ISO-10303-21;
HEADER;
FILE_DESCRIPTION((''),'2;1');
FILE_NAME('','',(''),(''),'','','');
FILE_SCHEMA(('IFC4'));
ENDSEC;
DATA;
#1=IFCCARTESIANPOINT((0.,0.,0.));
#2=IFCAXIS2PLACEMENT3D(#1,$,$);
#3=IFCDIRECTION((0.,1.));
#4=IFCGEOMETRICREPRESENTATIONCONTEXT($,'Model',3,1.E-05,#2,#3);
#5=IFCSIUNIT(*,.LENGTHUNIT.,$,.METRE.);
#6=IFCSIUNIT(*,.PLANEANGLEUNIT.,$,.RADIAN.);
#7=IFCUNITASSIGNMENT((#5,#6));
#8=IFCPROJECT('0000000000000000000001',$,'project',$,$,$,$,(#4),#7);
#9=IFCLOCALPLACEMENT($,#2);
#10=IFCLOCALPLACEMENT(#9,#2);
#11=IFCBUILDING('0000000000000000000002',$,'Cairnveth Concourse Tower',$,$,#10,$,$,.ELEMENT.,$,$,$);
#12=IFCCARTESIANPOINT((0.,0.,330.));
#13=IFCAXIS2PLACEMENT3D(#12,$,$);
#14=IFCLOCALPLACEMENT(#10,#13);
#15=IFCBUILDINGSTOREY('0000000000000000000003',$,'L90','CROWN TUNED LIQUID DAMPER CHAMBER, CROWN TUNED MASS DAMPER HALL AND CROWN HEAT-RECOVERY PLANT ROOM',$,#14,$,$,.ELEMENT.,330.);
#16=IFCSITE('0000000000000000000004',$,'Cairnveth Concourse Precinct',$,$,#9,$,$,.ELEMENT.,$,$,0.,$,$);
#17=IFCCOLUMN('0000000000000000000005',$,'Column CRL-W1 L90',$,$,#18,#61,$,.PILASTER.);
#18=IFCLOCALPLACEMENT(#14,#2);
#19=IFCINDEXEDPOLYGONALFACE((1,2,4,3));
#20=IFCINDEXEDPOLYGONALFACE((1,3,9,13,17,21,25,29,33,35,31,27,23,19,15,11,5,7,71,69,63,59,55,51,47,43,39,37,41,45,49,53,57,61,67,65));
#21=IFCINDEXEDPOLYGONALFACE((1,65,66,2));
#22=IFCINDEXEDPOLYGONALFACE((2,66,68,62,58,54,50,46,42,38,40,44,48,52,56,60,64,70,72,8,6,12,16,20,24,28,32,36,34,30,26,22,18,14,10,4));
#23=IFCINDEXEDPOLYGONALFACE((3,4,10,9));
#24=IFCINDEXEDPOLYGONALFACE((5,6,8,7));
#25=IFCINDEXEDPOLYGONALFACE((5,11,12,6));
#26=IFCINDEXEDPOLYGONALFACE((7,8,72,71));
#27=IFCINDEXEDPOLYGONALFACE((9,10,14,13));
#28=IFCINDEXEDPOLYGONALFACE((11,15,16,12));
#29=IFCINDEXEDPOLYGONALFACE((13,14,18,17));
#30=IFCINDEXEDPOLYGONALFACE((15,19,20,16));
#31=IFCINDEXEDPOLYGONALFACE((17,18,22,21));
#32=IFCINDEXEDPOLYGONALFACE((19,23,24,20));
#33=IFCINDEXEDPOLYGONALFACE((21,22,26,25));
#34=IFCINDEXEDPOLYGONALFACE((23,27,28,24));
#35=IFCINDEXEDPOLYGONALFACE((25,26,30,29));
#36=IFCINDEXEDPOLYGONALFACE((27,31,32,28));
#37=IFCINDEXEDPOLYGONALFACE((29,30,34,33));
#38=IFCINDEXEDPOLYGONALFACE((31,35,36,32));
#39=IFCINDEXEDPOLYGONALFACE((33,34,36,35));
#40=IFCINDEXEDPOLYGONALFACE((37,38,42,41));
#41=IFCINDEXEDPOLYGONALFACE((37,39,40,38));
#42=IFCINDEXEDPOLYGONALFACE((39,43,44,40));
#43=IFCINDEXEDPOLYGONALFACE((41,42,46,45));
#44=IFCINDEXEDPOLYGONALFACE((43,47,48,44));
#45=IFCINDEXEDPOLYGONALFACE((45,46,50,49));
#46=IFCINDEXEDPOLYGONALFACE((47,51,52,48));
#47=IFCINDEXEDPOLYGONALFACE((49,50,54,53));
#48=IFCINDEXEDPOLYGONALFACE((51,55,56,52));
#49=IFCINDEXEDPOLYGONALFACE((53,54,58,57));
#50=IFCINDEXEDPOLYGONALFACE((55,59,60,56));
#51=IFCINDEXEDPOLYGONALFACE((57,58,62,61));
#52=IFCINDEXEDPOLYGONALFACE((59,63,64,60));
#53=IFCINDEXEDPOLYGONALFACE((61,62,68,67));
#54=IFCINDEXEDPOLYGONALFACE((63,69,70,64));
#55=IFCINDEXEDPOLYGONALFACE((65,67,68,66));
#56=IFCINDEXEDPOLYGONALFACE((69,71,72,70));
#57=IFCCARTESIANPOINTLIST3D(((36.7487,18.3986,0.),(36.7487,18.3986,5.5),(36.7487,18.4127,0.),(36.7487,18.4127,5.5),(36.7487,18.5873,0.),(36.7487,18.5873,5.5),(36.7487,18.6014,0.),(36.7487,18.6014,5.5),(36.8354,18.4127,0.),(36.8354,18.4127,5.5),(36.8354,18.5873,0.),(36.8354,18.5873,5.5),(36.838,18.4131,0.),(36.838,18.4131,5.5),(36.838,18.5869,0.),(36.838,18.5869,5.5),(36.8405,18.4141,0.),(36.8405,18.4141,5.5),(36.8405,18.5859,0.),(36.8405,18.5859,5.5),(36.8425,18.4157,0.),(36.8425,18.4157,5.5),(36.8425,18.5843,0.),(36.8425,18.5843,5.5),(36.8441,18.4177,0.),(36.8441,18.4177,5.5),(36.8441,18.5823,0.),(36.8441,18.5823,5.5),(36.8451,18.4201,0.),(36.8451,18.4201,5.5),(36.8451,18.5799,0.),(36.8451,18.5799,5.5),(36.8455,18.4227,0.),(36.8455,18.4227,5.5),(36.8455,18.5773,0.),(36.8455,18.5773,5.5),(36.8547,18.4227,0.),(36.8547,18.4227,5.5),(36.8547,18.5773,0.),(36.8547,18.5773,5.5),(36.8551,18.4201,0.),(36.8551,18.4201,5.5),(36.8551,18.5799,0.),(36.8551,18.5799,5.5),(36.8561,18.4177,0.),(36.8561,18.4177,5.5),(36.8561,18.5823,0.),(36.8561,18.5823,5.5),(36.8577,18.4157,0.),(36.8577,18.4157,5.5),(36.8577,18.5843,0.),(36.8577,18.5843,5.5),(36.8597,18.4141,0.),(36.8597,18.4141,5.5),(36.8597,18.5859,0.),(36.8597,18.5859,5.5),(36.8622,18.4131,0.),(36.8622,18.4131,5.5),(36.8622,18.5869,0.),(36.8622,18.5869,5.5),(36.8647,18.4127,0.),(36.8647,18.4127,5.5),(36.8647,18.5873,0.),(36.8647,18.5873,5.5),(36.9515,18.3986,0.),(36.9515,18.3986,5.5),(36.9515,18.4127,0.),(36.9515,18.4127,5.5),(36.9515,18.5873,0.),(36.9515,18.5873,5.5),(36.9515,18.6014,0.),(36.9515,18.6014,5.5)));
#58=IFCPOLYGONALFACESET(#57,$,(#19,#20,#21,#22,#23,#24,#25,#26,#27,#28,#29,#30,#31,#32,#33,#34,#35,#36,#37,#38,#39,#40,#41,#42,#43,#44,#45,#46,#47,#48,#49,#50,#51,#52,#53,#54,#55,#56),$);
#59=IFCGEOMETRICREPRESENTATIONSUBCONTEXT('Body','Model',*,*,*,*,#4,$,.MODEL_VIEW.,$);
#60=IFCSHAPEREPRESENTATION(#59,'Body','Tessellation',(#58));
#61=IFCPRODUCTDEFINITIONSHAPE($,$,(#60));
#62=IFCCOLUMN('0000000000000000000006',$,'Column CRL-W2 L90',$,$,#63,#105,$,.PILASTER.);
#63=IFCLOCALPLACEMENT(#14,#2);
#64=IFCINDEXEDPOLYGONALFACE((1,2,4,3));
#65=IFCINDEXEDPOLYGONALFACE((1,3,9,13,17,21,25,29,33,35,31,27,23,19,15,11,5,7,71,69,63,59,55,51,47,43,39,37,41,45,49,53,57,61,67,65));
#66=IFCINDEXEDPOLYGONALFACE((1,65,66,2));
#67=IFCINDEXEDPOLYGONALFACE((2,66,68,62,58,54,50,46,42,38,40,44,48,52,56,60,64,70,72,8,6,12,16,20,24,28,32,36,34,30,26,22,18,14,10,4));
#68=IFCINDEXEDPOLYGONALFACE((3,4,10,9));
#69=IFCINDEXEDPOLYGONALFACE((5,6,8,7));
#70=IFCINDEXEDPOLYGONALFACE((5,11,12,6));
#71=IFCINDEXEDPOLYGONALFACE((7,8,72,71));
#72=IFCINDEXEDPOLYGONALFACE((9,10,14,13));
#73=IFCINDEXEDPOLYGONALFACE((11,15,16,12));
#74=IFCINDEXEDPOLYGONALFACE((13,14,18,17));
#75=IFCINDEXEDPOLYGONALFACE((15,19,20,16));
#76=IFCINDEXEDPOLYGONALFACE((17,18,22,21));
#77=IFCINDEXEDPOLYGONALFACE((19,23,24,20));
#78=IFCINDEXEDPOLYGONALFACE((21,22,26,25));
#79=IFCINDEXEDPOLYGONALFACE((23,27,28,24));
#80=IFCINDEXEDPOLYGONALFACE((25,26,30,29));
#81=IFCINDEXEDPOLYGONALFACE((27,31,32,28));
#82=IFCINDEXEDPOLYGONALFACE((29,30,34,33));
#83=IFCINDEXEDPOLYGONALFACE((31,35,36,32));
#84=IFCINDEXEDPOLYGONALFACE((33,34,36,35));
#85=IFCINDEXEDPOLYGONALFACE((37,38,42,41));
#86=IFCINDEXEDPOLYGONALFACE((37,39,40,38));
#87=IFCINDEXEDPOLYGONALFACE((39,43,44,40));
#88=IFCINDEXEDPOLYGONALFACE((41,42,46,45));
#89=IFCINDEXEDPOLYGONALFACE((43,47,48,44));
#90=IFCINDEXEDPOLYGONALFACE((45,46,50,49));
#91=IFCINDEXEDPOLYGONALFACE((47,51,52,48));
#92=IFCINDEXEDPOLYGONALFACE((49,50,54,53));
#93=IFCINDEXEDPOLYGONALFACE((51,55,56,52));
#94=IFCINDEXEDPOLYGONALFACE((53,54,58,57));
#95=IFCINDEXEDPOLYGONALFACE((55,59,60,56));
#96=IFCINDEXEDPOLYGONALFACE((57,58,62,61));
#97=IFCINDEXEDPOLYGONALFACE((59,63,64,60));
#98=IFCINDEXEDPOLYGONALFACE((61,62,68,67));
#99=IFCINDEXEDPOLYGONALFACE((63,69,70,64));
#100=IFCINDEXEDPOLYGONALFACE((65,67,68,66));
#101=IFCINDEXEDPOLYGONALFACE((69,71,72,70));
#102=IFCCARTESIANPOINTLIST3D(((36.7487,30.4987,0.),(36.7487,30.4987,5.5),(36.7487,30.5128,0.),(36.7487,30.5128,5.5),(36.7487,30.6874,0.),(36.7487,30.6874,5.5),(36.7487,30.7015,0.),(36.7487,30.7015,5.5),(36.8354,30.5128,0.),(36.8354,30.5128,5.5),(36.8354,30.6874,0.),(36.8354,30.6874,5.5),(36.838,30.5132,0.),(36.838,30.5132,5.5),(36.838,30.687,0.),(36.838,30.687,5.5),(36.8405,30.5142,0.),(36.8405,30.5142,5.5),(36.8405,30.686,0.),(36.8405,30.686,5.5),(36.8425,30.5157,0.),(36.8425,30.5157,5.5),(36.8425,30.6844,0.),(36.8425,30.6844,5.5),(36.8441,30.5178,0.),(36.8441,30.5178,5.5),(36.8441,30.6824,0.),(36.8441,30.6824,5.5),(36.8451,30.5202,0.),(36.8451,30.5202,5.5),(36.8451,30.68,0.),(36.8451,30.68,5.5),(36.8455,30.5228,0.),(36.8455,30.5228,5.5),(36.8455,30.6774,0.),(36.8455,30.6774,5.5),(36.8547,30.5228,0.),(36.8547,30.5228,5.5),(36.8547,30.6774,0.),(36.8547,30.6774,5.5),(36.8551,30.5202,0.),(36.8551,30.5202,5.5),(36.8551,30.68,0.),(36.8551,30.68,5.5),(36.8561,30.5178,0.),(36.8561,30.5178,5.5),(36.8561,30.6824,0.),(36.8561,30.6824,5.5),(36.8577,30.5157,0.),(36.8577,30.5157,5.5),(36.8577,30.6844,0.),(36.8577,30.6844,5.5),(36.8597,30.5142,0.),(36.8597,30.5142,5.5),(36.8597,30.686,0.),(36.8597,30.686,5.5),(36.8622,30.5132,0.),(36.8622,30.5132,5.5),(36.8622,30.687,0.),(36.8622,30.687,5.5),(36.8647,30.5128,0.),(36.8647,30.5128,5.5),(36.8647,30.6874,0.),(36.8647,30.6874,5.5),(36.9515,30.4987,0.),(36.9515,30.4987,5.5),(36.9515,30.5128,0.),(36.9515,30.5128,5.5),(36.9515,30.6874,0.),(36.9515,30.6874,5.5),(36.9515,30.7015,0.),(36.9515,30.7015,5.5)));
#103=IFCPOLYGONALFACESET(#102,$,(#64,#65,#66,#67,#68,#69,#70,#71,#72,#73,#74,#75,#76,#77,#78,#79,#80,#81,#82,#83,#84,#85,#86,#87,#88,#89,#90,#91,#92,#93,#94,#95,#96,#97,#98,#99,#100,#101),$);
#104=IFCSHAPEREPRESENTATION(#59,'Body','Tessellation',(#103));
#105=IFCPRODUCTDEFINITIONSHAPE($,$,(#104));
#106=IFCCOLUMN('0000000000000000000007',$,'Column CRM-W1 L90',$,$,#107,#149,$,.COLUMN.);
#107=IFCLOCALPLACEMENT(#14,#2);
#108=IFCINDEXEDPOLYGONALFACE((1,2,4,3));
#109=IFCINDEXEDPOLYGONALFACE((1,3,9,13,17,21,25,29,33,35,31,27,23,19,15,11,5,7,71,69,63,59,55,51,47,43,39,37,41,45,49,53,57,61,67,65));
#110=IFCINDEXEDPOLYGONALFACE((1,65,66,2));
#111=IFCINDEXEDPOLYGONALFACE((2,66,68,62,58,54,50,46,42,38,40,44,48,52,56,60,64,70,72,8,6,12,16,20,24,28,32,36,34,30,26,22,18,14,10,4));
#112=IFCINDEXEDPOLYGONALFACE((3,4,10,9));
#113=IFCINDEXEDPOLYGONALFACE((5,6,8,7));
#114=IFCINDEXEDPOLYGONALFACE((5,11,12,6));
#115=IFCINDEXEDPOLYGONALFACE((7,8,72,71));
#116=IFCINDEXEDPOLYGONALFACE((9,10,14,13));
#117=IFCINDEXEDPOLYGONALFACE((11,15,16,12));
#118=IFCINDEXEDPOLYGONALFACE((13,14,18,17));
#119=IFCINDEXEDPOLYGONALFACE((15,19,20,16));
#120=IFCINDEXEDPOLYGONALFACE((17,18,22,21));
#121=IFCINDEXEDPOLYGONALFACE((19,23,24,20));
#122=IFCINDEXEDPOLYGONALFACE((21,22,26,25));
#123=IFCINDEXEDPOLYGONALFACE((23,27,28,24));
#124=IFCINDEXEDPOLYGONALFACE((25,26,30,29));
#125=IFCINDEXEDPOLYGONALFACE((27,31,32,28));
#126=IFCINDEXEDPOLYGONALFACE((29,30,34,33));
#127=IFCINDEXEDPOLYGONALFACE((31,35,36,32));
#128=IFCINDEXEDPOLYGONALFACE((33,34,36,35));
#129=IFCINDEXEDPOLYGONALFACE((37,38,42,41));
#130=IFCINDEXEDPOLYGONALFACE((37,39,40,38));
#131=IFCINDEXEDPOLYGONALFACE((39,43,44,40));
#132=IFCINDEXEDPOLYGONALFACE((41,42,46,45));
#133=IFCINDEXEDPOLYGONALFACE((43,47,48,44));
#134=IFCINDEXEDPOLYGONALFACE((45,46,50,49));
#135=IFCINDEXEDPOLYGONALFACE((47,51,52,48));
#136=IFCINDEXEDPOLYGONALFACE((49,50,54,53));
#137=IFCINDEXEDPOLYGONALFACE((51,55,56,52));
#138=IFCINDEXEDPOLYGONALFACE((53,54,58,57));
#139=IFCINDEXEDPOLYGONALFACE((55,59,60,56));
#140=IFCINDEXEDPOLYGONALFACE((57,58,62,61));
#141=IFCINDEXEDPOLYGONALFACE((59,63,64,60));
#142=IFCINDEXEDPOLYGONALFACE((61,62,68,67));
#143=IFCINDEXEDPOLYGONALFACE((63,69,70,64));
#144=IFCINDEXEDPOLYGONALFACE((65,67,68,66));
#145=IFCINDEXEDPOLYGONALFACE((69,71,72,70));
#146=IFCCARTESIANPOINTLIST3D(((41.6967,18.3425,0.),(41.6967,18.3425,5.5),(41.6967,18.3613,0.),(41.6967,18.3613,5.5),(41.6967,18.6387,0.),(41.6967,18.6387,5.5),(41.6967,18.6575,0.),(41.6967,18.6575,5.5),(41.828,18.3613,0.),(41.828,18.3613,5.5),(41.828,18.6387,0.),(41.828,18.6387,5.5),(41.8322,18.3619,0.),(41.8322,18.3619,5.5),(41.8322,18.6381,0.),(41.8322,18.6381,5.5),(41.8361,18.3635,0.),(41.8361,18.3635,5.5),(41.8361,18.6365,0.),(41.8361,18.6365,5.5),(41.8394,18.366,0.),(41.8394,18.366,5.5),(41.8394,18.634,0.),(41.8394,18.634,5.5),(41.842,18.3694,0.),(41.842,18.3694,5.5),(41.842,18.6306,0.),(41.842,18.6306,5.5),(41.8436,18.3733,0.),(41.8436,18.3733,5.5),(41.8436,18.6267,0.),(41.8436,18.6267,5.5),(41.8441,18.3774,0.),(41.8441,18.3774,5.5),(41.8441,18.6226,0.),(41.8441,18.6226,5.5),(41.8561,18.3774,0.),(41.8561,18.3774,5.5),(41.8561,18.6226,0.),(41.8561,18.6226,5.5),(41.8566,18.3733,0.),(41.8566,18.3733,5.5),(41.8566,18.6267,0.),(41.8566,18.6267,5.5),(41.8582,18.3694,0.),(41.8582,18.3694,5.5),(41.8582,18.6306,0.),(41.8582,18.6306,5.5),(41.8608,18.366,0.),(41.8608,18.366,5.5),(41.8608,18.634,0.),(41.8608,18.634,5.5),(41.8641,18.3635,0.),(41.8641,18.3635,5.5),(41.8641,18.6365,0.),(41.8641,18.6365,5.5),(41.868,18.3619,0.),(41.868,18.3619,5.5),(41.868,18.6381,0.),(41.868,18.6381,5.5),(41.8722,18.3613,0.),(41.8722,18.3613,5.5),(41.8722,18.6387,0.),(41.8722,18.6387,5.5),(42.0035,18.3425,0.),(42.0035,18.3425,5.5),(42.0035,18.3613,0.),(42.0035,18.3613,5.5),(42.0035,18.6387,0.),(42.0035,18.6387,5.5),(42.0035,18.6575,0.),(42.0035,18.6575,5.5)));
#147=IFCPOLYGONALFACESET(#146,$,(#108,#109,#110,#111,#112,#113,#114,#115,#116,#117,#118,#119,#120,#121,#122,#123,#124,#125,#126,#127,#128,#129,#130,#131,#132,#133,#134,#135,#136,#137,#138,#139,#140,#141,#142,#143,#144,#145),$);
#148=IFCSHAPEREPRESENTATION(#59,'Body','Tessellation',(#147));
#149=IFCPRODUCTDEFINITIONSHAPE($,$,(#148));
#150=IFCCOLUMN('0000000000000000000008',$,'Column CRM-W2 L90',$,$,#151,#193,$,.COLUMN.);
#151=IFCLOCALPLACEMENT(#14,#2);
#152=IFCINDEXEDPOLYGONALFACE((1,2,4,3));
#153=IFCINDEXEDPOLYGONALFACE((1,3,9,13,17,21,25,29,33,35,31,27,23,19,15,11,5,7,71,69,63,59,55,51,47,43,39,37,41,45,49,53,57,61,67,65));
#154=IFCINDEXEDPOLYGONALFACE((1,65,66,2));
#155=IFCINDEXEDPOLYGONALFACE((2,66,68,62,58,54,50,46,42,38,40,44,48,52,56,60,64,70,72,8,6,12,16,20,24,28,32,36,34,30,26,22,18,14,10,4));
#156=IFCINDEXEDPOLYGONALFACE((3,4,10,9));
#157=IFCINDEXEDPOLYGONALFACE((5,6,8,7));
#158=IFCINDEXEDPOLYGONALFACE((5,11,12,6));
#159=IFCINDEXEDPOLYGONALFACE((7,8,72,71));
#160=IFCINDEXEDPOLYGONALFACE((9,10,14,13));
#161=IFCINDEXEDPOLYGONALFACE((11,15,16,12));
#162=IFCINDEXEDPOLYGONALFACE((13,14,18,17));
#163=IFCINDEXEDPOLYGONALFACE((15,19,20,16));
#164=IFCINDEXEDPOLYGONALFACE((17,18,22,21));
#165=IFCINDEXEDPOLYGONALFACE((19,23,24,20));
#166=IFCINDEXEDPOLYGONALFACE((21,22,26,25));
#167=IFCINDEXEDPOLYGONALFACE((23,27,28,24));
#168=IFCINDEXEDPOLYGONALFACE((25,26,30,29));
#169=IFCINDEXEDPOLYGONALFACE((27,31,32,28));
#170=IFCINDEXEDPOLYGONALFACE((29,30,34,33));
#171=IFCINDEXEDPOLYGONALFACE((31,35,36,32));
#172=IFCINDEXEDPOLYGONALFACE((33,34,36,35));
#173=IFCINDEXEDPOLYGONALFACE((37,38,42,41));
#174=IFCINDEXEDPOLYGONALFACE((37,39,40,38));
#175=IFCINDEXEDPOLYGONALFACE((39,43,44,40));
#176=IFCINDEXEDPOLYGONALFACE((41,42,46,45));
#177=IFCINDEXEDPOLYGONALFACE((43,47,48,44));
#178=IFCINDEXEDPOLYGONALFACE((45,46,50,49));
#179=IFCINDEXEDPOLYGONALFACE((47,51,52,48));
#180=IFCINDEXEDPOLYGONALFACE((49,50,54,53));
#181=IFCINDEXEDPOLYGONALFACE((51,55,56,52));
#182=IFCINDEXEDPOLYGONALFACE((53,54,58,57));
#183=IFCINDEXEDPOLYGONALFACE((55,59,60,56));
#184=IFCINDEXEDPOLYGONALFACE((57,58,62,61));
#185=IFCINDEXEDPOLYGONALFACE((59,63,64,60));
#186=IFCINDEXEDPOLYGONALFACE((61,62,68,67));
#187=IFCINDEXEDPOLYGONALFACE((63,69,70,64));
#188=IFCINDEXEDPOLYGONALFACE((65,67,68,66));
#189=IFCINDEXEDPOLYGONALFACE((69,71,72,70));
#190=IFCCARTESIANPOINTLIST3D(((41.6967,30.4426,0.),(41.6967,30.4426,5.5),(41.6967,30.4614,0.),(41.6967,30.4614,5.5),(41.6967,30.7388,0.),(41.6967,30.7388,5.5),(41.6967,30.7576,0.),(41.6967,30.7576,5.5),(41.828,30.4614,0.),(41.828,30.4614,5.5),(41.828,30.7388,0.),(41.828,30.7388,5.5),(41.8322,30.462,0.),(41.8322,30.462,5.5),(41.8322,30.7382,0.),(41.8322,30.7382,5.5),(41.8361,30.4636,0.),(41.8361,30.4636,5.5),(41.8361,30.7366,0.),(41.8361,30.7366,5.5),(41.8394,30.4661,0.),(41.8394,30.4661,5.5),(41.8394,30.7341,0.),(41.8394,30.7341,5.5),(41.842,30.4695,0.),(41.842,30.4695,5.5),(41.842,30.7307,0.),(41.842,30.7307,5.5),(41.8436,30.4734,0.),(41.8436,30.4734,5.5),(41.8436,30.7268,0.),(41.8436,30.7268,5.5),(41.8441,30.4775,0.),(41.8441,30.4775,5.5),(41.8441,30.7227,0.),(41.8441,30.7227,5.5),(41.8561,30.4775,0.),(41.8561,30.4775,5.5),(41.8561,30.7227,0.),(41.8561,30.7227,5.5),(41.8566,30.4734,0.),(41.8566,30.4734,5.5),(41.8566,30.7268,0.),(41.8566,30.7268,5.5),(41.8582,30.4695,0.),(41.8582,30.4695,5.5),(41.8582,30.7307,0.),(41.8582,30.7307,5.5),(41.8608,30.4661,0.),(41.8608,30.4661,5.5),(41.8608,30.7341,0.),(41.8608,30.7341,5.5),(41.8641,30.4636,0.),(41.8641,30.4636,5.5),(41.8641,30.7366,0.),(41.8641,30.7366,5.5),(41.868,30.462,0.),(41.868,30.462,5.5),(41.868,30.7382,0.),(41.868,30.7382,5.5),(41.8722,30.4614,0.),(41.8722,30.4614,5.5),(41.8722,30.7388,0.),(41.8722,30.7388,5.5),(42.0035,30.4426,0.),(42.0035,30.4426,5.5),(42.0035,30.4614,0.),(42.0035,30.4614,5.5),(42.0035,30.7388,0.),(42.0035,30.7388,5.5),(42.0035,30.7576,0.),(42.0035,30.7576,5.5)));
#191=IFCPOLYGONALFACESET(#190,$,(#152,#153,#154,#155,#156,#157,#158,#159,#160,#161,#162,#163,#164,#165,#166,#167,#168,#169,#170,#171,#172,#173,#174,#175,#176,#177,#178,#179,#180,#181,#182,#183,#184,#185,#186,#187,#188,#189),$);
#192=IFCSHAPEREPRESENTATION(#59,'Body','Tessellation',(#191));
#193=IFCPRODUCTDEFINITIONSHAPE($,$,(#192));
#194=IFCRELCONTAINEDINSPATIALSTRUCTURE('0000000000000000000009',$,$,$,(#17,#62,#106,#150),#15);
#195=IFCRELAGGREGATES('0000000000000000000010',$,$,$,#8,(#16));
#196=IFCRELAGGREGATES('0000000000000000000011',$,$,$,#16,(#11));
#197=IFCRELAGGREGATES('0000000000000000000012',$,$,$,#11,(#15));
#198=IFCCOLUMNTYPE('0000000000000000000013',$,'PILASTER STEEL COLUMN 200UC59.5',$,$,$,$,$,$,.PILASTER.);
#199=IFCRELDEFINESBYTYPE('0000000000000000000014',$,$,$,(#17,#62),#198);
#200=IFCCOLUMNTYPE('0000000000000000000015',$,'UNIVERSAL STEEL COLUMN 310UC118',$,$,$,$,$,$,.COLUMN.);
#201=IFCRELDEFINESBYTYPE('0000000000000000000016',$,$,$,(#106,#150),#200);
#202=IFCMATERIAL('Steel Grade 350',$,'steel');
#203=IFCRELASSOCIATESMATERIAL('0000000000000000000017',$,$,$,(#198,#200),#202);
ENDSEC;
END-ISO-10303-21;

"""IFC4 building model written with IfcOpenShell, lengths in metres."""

from ifc_helpers import new_model, si_unit, direction, frame, origin, origin_2d, place, context, subcontext, project, spatial, i_section, extrude, material, material_profile, profile_set, type_object, element, save


model = new_model("IFC4")

# Units and contexts
model_context = context("Model", 3, precision=1e-05, world=origin(), true_north=direction((0.0, 1.0)))
body_context = subcontext(model_context, "Body", "Model", "MODEL_VIEW")
ifc_project = project(units=[si_unit("LENGTHUNIT", "METRE"), si_unit("PLANEANGLEUNIT", "RADIAN")], contexts=[model_context])

# Site, building, storey
site_placement = place(None, origin())
site = spatial("IfcSite", under=ifc_project, at=site_placement, Name="Cairnveth Concourse Precinct", CompositionType="ELEMENT", RefElevation=0.0)
building_placement = place(site_placement, origin())
building = spatial("IfcBuilding", under=site, at=building_placement, Name="Cairnveth Concourse Tower", CompositionType="ELEMENT")
storey_placement = place(building_placement, frame((0.0, 0.0, 330.0)))
storey = spatial("IfcBuildingStorey", under=building, at=storey_placement, Name="L90", Description="CROWN TUNED LIQUID DAMPER CHAMBER, CROWN TUNED MASS DAMPER HALL AND CROWN HEAT-RECOVERY PLANT ROOM", CompositionType="ELEMENT", Elevation=330.0)

# Columns
ifc_material_1 = material(Name="Steel Grade 350", Category="steel")
ifc_material_profile_1 = material_profile(ifc_material_1, i_section(OverallWidth=0.2029, OverallDepth=0.2029, WebThickness=0.0093, FlangeThickness=0.0142, FilletRadius=0.01, at=origin_2d()), Name="200UC59.5")
ifc_profile_set_1 = profile_set([ifc_material_profile_1], Name="Steel Grade 350")
column_type_1 = type_object("IfcColumnType", Name="PILASTER STEEL COLUMN 200UC59.5", PredefinedType="PILASTER", material=ifc_profile_set_1)
for number, where, z_axis, x_axis, name in (
    (1, (36.8501, 18.5, 0.0), (0.0, 0.0, 1.0), (1.0, 0.0, 0.0), "Column CRL-W1 L90"),
    (2, (36.8501, 30.6001, 0.0), (0.0, 0.0, 1.0), (1.0, 0.0, 0.0), "Column CRL-W2 L90"),
):
    element("IfcColumn", number, at=place(storey_placement, frame(where, z_axis=z_axis, x_axis=x_axis)), inside=storey, type_object=column_type_1, Name=name, PredefinedType="PILASTER", context=body_context, shape_type="SweptSolid", body=[
        extrude(i_section(OverallWidth=0.2029, OverallDepth=0.2029, WebThickness=0.0093, FlangeThickness=0.0142, FilletRadius=0.01, at=origin_2d()), origin(), (0.0, 0.0, 1.0), 5.5),
    ])
ifc_material_profile_2 = material_profile(ifc_material_1, i_section(OverallWidth=0.3069, OverallDepth=0.3149, WebThickness=0.012, FlangeThickness=0.0188, FilletRadius=0.0161, at=origin_2d()), Name="310UC118")
ifc_profile_set_2 = profile_set([ifc_material_profile_2], Name="Steel Grade 350")
column_type_2 = type_object("IfcColumnType", Name="UNIVERSAL STEEL COLUMN 310UC118", PredefinedType="COLUMN", material=ifc_profile_set_2)
for number, where, z_axis, x_axis, name in (
    (3, (41.8501, 18.5, 0.0), (0.0, 0.0, 1.0), (1.0, 0.0, 0.0), "Column CRM-W1 L90"),
    (4, (41.8501, 30.6001, 0.0), (0.0, 0.0, 1.0), (1.0, 0.0, 0.0), "Column CRM-W2 L90"),
):
    element("IfcColumn", number, at=place(storey_placement, frame(where, z_axis=z_axis, x_axis=x_axis)), inside=storey, type_object=column_type_2, Name=name, PredefinedType="COLUMN", context=body_context, shape_type="SweptSolid", body=[
        extrude(i_section(OverallWidth=0.3069, OverallDepth=0.3149, WebThickness=0.012, FlangeThickness=0.0188, FilletRadius=0.0161, at=origin_2d()), origin(), (0.0, 0.0, 1.0), 5.5),
    ])

save(model, "model.ifc")
